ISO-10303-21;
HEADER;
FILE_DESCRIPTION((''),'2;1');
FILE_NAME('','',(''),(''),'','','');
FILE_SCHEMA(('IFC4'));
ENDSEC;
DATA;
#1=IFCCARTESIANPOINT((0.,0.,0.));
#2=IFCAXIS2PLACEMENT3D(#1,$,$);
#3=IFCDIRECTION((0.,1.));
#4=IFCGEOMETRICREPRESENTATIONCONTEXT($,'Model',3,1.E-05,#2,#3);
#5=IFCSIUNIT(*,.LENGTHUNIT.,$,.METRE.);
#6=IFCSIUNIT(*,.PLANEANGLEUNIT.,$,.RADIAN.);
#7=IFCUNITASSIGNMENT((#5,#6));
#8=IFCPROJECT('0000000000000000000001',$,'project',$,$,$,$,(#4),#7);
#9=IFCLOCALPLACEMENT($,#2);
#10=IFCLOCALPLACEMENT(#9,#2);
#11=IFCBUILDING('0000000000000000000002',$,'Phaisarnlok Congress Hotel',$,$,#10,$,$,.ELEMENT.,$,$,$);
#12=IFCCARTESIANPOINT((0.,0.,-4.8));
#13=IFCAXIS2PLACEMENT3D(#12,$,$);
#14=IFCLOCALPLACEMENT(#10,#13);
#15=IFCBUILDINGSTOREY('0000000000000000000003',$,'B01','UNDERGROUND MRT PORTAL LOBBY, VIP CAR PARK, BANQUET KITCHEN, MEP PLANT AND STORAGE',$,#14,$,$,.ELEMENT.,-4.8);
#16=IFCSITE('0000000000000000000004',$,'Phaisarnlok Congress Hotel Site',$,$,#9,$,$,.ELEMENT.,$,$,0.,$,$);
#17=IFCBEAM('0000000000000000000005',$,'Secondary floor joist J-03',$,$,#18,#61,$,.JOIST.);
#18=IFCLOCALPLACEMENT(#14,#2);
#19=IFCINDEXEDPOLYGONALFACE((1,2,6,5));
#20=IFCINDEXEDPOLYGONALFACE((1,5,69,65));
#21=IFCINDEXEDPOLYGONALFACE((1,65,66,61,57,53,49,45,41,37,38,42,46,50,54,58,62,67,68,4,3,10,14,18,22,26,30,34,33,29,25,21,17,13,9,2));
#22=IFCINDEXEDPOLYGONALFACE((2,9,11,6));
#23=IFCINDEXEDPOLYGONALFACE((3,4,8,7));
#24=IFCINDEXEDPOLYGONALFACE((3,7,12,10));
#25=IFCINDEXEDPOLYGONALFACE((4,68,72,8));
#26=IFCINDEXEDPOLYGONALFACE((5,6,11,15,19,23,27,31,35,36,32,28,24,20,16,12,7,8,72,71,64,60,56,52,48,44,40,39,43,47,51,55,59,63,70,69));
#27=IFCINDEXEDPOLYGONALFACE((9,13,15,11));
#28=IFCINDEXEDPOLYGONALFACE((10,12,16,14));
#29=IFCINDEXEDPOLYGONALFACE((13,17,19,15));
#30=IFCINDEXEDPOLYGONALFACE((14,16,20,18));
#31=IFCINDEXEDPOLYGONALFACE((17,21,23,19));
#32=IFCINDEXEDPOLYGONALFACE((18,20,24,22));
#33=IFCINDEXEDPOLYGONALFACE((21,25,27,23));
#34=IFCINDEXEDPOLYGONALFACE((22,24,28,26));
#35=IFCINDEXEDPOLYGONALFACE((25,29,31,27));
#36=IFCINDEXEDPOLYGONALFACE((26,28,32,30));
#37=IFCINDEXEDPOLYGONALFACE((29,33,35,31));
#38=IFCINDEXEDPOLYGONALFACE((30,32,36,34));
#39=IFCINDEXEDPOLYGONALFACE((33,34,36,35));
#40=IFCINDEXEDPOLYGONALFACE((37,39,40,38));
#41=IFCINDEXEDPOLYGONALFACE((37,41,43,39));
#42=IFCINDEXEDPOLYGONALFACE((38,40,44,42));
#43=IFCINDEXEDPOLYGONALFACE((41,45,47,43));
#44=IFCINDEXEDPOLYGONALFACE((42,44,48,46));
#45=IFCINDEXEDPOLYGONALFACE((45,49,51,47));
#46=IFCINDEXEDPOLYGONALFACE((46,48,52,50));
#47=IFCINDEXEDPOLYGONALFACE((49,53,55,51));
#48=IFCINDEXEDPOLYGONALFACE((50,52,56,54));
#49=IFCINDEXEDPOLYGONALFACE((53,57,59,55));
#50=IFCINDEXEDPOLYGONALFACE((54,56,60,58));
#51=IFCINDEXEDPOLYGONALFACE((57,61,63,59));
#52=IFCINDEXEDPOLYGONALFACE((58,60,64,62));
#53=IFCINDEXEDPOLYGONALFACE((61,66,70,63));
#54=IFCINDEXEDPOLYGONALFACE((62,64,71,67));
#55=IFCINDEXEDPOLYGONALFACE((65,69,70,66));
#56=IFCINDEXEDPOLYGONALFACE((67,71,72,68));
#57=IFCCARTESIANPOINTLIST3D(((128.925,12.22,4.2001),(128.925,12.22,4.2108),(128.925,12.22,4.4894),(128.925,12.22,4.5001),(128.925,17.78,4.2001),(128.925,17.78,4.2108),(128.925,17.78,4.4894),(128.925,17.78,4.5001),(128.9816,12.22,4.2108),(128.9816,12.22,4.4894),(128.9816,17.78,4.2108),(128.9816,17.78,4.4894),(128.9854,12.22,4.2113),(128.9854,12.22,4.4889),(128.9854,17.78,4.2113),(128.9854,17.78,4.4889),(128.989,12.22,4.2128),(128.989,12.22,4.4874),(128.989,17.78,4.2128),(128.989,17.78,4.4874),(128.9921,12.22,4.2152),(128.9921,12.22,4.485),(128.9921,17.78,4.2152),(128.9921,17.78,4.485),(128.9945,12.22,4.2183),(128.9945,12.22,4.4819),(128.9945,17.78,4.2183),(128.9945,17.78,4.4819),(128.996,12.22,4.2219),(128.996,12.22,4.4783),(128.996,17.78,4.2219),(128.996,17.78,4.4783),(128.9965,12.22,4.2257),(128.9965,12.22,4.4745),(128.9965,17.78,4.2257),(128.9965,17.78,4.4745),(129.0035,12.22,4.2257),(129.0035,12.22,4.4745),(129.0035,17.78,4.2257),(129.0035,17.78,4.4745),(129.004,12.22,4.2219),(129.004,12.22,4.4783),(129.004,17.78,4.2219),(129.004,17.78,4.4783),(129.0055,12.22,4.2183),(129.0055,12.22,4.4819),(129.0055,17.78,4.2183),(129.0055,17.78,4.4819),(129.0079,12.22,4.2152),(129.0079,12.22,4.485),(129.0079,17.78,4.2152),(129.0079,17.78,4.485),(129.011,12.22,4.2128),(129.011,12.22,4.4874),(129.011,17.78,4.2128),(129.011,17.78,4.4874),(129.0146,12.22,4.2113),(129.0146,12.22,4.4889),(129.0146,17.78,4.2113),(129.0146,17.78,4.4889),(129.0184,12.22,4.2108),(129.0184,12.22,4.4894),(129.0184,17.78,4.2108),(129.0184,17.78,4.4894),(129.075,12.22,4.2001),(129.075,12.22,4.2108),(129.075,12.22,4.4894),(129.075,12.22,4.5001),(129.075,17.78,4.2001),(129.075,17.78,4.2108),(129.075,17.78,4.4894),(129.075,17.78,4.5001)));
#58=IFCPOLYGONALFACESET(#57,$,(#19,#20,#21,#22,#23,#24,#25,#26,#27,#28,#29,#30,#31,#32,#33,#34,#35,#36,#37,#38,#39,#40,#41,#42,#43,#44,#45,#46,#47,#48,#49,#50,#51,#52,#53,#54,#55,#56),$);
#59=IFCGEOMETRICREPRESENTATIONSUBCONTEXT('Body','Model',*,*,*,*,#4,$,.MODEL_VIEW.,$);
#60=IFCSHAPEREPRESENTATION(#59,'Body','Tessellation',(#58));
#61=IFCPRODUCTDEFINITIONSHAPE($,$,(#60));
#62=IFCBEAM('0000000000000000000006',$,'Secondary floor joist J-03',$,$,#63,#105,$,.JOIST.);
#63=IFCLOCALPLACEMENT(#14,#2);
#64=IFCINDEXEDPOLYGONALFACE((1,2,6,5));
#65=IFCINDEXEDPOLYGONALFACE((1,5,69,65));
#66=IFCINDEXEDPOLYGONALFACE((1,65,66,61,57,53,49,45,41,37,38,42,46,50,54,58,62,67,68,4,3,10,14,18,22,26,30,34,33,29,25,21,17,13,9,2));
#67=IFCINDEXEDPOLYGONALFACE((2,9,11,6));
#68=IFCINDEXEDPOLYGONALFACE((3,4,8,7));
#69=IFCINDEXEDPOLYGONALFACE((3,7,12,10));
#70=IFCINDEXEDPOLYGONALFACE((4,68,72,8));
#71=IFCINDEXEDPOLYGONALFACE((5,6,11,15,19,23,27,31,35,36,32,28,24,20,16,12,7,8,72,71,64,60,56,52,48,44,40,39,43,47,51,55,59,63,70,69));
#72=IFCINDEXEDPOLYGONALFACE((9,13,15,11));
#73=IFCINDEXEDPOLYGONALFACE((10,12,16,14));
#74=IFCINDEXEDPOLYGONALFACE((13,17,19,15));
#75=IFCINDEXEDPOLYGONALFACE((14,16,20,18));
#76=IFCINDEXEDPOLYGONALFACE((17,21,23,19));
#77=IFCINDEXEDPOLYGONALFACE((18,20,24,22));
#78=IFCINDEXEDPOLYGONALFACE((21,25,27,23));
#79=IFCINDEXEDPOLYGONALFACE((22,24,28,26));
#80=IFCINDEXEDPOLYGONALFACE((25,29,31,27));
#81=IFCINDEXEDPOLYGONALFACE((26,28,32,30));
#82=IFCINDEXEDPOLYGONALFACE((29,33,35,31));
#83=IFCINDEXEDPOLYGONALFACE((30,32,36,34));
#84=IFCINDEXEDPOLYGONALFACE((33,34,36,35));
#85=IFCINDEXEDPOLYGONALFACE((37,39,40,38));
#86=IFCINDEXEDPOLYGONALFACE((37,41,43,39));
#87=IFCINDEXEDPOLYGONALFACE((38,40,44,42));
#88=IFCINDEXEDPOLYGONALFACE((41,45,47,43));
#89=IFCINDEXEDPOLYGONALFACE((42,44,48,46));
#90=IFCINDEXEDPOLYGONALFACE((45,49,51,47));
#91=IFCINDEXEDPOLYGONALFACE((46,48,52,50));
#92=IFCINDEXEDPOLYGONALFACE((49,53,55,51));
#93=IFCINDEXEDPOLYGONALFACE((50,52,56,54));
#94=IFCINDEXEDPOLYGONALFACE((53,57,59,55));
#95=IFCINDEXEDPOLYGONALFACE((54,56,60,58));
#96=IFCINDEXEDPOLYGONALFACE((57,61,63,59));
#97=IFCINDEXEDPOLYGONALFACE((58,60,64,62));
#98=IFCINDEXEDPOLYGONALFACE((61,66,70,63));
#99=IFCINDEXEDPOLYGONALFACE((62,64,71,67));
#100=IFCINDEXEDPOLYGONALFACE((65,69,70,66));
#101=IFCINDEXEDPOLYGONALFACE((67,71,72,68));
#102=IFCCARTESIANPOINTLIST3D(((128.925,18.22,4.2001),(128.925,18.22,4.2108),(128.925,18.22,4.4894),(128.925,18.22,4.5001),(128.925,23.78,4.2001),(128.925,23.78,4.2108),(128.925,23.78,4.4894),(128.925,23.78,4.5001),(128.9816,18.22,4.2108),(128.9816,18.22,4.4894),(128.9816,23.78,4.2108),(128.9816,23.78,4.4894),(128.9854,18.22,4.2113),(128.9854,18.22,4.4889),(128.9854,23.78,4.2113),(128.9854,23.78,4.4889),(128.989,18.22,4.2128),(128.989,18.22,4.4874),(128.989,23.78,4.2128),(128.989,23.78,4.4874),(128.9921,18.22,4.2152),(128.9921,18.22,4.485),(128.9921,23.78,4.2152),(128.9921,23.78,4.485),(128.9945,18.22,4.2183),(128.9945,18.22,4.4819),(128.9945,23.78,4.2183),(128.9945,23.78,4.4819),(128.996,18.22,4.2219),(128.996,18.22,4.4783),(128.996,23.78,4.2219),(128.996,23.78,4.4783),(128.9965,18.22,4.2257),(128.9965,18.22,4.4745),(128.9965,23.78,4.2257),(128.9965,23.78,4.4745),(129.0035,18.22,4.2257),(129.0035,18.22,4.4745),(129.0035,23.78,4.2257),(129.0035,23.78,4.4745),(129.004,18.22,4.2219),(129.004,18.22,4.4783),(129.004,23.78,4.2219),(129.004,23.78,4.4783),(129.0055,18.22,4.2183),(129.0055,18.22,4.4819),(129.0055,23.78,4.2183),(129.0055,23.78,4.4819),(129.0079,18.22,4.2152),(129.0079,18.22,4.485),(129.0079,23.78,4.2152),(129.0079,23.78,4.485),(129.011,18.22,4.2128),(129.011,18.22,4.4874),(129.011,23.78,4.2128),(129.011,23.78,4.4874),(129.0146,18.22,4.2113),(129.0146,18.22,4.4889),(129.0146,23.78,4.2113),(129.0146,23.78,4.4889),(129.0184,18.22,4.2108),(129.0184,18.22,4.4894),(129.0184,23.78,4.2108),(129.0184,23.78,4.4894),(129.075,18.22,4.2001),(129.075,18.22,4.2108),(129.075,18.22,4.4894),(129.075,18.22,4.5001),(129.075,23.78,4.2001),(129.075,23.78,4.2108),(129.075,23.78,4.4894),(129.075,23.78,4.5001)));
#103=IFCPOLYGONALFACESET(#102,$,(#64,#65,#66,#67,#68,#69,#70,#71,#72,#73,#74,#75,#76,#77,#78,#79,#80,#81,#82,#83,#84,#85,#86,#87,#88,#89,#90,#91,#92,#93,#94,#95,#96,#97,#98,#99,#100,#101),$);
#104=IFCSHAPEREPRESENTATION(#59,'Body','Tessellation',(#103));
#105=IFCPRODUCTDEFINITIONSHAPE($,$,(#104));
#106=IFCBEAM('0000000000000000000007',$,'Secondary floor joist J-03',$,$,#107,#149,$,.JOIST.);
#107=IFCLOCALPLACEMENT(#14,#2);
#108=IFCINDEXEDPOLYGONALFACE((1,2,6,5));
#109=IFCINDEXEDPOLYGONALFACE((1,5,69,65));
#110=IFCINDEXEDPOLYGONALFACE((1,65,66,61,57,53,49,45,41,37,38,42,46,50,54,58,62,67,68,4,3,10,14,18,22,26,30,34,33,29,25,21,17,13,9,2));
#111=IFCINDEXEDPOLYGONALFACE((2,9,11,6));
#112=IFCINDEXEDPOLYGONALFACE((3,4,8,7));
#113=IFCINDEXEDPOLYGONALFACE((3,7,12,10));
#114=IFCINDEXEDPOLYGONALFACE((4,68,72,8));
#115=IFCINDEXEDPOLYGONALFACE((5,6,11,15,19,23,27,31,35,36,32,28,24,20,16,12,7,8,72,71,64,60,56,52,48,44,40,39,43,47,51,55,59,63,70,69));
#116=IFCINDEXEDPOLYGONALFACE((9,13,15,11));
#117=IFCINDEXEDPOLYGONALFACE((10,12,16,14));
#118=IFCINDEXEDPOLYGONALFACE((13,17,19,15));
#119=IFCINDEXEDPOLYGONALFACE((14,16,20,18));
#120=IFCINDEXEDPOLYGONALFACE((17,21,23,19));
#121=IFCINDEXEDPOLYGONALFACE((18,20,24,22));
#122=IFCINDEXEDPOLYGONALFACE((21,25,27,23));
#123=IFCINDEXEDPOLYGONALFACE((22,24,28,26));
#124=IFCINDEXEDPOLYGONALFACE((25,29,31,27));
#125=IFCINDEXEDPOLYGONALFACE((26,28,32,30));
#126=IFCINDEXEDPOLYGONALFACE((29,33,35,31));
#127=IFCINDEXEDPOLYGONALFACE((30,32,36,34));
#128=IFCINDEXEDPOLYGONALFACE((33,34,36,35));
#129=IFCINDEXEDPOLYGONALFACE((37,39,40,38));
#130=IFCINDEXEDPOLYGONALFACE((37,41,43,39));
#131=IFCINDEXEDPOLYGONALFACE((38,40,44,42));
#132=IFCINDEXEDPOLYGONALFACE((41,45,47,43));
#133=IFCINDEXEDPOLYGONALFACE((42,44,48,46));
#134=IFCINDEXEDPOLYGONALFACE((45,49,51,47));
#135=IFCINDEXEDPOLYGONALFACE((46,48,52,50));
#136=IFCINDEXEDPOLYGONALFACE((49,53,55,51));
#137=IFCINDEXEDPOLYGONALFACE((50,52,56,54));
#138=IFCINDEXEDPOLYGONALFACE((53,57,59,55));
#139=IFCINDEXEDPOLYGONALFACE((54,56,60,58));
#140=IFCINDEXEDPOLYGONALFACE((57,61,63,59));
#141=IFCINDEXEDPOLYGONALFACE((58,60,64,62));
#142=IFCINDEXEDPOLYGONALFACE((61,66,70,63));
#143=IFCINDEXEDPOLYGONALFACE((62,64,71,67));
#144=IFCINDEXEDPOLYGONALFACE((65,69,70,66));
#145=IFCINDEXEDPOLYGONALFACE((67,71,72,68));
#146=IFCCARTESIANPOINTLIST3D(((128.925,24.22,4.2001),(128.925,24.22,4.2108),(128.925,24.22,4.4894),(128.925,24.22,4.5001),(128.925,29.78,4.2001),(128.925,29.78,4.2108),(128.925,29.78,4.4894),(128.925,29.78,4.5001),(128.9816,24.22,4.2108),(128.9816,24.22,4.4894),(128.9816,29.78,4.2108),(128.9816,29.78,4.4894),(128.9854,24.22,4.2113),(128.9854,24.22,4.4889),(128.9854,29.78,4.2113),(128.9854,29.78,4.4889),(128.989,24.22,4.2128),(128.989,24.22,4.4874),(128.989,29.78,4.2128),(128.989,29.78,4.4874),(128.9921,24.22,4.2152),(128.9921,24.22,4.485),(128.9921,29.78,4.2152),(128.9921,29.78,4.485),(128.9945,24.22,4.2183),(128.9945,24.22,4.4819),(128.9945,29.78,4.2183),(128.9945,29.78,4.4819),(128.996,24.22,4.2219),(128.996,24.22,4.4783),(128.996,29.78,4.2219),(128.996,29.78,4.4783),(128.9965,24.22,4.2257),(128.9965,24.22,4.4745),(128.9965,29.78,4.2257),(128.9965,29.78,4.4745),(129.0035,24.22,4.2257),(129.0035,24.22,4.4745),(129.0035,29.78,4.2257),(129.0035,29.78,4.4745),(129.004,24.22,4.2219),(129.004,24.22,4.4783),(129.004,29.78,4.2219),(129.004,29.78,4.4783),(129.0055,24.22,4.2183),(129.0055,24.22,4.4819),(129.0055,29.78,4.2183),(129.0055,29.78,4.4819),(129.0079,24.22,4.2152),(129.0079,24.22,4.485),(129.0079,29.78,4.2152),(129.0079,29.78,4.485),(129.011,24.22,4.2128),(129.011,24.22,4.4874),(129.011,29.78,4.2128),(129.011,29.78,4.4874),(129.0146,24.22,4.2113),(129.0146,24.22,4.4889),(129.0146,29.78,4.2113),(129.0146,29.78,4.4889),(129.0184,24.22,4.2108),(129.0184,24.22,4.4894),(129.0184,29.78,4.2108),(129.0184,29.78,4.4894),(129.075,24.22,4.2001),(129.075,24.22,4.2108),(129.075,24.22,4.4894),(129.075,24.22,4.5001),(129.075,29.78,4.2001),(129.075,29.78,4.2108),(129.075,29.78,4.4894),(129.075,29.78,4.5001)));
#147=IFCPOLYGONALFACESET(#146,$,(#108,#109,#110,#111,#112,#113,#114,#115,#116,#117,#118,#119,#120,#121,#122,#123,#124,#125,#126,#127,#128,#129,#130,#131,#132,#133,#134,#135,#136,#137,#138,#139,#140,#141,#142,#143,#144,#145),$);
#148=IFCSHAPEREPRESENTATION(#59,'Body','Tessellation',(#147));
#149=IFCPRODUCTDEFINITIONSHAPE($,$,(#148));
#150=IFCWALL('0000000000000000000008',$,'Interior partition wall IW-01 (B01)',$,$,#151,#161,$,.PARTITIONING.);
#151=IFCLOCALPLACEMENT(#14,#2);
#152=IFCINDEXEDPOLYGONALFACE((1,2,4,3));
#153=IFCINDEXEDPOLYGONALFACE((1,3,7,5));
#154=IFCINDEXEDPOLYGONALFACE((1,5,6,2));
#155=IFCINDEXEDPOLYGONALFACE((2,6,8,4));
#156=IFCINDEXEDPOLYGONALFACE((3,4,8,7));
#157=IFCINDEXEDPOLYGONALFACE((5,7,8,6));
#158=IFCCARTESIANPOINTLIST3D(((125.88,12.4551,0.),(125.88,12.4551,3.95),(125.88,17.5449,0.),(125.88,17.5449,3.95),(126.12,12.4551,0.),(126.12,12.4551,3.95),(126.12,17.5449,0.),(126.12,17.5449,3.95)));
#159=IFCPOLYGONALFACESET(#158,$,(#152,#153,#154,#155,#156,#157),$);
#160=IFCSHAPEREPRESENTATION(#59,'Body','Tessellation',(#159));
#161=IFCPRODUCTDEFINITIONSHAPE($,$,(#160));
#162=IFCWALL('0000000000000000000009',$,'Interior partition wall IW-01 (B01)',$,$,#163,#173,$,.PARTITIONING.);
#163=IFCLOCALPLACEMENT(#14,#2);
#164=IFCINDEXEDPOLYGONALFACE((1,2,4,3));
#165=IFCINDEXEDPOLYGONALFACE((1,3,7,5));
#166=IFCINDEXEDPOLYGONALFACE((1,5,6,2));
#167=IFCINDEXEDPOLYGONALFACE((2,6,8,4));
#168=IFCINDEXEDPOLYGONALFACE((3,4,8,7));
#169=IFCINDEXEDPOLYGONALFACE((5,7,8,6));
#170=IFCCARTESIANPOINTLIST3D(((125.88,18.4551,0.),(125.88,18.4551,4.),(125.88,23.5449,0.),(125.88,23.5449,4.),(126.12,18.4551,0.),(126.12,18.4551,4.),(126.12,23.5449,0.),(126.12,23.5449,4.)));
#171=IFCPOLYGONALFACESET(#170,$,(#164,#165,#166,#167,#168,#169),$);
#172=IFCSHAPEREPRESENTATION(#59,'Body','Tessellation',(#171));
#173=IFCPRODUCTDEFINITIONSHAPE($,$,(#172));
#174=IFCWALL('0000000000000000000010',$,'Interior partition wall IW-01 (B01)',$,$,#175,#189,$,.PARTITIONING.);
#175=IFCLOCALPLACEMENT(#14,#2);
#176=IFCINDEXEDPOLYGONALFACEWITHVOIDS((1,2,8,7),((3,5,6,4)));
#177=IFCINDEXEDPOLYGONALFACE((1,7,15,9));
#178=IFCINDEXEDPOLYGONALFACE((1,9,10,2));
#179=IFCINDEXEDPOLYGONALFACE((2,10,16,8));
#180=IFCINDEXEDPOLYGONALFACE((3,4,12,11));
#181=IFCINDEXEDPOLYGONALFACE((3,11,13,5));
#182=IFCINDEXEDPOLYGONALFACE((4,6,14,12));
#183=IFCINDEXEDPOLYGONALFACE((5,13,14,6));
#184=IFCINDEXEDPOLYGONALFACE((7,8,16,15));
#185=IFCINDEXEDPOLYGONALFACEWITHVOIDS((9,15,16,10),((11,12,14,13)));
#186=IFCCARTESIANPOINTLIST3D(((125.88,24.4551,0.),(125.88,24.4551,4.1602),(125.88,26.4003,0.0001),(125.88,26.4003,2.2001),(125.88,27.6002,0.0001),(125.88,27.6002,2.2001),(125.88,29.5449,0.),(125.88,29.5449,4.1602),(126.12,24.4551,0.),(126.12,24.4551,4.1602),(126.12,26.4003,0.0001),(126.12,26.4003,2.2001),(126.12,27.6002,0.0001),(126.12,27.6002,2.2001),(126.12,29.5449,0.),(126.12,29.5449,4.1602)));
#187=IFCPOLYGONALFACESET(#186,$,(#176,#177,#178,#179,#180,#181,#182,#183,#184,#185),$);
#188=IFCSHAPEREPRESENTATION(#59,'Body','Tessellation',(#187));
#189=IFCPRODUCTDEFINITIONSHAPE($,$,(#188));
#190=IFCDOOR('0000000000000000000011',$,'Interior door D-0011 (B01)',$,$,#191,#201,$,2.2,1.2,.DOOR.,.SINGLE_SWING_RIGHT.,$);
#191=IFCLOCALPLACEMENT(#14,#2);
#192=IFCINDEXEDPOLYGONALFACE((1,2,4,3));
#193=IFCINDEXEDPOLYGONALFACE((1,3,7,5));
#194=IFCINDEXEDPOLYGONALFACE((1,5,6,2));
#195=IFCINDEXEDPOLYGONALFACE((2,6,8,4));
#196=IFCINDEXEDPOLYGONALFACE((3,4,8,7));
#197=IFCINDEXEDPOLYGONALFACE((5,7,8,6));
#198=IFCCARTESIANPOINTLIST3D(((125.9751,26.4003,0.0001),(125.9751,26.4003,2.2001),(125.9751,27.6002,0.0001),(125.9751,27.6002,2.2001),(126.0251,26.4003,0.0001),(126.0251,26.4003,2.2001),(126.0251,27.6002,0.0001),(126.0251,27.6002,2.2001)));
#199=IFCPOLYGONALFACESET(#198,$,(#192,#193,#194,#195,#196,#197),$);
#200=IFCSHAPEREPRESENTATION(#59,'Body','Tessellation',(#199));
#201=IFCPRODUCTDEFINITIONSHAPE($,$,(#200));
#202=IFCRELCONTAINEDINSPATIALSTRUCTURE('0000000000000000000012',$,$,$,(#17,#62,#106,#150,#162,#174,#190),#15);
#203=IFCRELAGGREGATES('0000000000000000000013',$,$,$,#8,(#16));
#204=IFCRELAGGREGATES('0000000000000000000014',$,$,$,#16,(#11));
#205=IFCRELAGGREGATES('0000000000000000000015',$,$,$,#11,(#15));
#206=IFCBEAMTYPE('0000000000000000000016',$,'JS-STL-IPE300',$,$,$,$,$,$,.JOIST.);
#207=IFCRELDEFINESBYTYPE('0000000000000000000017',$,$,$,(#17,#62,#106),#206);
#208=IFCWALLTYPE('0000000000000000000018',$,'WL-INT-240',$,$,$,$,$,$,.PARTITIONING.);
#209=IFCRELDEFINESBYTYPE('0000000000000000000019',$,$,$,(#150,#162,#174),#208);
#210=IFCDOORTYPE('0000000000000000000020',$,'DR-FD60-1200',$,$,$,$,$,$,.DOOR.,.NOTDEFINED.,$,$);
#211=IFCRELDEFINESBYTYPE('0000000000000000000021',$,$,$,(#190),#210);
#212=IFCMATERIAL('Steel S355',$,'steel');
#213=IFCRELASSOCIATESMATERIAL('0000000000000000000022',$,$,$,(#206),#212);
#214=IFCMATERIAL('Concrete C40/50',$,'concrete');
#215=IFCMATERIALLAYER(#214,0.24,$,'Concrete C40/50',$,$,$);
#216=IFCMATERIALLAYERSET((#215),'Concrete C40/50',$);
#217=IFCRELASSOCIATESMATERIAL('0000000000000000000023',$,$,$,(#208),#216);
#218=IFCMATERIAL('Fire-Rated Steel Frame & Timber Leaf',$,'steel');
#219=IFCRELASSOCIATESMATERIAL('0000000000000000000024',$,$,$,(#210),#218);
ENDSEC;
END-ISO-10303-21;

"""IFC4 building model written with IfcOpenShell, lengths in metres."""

from ifc_helpers import new_model, si_unit, direction, frame, frame_2d, origin, origin_2d, place, context, subcontext, project, spatial, rectangle, i_section, extrude, material, layer, layer_set, material_profile, profile_set, type_object, element, fill, save


model = new_model("IFC4")

# Units and contexts
model_context = context("Model", 3, precision=1e-05, world=origin(), true_north=direction((0.0, 1.0)))
body_context = subcontext(model_context, "Body", "Model", "MODEL_VIEW")
ifc_project = project(units=[si_unit("LENGTHUNIT", "METRE"), si_unit("PLANEANGLEUNIT", "RADIAN")], contexts=[model_context])

# Site, building, storey
site_placement = place(None, origin())
site = spatial("IfcSite", under=ifc_project, at=site_placement, Name="Phaisarnlok Congress Hotel Site", CompositionType="ELEMENT", RefElevation=0.0)
building_placement = place(site_placement, origin())
building = spatial("IfcBuilding", under=site, at=building_placement, Name="Phaisarnlok Congress Hotel", CompositionType="ELEMENT")
storey_placement = place(building_placement, frame((0.0, 0.0, -4.8)))
storey = spatial("IfcBuildingStorey", under=building, at=storey_placement, Name="B01", Description="UNDERGROUND MRT PORTAL LOBBY, VIP CAR PARK, BANQUET KITCHEN, MEP PLANT AND STORAGE", CompositionType="ELEMENT", Elevation=-4.8)

# Shared definitions
ifc_material_1 = material(Name="Concrete C40/50", Category="concrete")

# Beams
ifc_material_2 = material(Name="Steel S355", Category="steel")
ifc_material_profile_1 = material_profile(ifc_material_2, i_section(OverallWidth=0.1499, OverallDepth=0.3, WebThickness=0.0071, FlangeThickness=0.0107, FilletRadius=0.0149, at=origin_2d()), Name="IPE 300")
ifc_profile_set_1 = profile_set([ifc_material_profile_1], Name="Steel S355")
beam_type_1 = type_object("IfcBeamType", Name="JS-STL-IPE300", PredefinedType="JOIST", material=ifc_profile_set_1)
for number, where, z_axis, x_axis, name in (
    (1, (129.0, 12.22, 4.3501), (0.0, 1.0, 0.0), (-1.0, 0.0, 0.0), "Secondary floor joist J-03"),
    (2, (129.0, 18.22, 4.3501), (0.0, 1.0, 0.0), (-1.0, 0.0, 0.0), "Secondary floor joist J-03"),
    (3, (129.0, 24.22, 4.3501), (0.0, 1.0, 0.0), (-1.0, 0.0, 0.0), "Secondary floor joist J-03"),
):
    element("IfcBeam", number, at=place(storey_placement, frame(where, z_axis=z_axis, x_axis=x_axis)), inside=storey, type_object=beam_type_1, Name=name, PredefinedType="JOIST", context=body_context, shape_type="SweptSolid", body=[
        extrude(i_section(OverallWidth=0.1499, OverallDepth=0.3, WebThickness=0.0071, FlangeThickness=0.0107, FilletRadius=0.0149, at=origin_2d()), origin(), (0.0, 0.0, 1.0), 5.5601),
    ])

# Walls
ifc_layer = layer(ifc_material_1, 0.24, Name="Concrete C40/50")
ifc_layer_set = layer_set([ifc_layer], Name="Concrete C40/50")
wall_type = type_object("IfcWallType", Name="WL-INT-240", PredefinedType="PARTITIONING", material=ifc_layer_set)
wall_1_placement = place(storey_placement, frame((126.0, 12.4551, 0.0), z_axis=(0.0, 0.0, 1.0), x_axis=(0.0, 1.0, 0.0)))
element("IfcWall", 4, at=wall_1_placement, inside=storey, type_object=wall_type, Name="Interior partition wall IW-01 (B01)", PredefinedType="PARTITIONING", context=body_context, shape_type="SweptSolid", body=[
    extrude(rectangle(XDim=5.0898, YDim=0.24, at=frame_2d((2.5449, 0.0))), origin(), (0.0, 0.0, 1.0), 3.95),
])
wall_2_placement = place(storey_placement, frame((126.0, 18.4551, 0.0), z_axis=(0.0, 0.0, 1.0), x_axis=(0.0, 1.0, 0.0)))
element("IfcWall", 5, at=wall_2_placement, inside=storey, type_object=wall_type, Name="Interior partition wall IW-01 (B01)", PredefinedType="PARTITIONING", context=body_context, shape_type="SweptSolid", body=[
    extrude(rectangle(XDim=5.0898, YDim=0.24, at=frame_2d((2.5449, 0.0))), origin(), (0.0, 0.0, 1.0), 4.0),
])

# Wall, opening, door
wall_3_placement = place(storey_placement, frame((126.0, 24.4551, 0.0), z_axis=(0.0, 0.0, 1.0), x_axis=(0.0, 1.0, 0.0)))
wall_3 = element("IfcWall", 6, at=wall_3_placement, inside=storey, type_object=wall_type, Name="Interior partition wall IW-01 (B01)", PredefinedType="PARTITIONING", context=body_context, shape_type="SweptSolid", body=[
    extrude(rectangle(XDim=5.0898, YDim=0.24, at=frame_2d((2.5449, 0.0))), origin(), (0.0, 0.0, 1.0), 4.1602),
])
opening_placement = place(wall_3_placement, frame((1.9451, 0.0, 0.0)))
opening = element("IfcOpeningElement", 7, at=opening_placement, cuts=wall_3, PredefinedType="OPENING", context=body_context, shape_type="SweptSolid", body=[
    extrude(rectangle(XDim=1.2, YDim=2.2, at=frame_2d((0.6001, 1.1001))), frame((0.0, 0.1299, 0.0), z_axis=(0.0, -1.0, 0.0), x_axis=(1.0, 0.0, 0.0)), (0.0, 0.0, 1.0), 0.26),
])
ifc_material_3 = material(Name="Fire-Rated Steel Frame & Timber Leaf", Category="steel")
door_type = type_object("IfcDoorType", Name="DR-FD60-1200", OperationType="NOTDEFINED", PredefinedType="DOOR", material=ifc_material_3)
door_placement = place(opening_placement, origin())
door = element("IfcDoor", 8, at=door_placement, inside=storey, type_object=door_type, Name="Interior door D-0011 (B01)", OperationType="SINGLE_SWING_RIGHT", OverallHeight=2.2, OverallWidth=1.2, PredefinedType="DOOR", context=body_context, shape_type="SweptSolid", body=[
    extrude(rectangle(XDim=1.2, YDim=2.2, at=frame_2d((0.6001, 1.1001))), frame((0.0, 0.0249, 0.0), z_axis=(0.0, -1.0, 0.0), x_axis=(1.0, 0.0, 0.0)), (0.0, 0.0, 1.0), 0.05),
])
fill(opening, door)

save(model, "model.ifc")
